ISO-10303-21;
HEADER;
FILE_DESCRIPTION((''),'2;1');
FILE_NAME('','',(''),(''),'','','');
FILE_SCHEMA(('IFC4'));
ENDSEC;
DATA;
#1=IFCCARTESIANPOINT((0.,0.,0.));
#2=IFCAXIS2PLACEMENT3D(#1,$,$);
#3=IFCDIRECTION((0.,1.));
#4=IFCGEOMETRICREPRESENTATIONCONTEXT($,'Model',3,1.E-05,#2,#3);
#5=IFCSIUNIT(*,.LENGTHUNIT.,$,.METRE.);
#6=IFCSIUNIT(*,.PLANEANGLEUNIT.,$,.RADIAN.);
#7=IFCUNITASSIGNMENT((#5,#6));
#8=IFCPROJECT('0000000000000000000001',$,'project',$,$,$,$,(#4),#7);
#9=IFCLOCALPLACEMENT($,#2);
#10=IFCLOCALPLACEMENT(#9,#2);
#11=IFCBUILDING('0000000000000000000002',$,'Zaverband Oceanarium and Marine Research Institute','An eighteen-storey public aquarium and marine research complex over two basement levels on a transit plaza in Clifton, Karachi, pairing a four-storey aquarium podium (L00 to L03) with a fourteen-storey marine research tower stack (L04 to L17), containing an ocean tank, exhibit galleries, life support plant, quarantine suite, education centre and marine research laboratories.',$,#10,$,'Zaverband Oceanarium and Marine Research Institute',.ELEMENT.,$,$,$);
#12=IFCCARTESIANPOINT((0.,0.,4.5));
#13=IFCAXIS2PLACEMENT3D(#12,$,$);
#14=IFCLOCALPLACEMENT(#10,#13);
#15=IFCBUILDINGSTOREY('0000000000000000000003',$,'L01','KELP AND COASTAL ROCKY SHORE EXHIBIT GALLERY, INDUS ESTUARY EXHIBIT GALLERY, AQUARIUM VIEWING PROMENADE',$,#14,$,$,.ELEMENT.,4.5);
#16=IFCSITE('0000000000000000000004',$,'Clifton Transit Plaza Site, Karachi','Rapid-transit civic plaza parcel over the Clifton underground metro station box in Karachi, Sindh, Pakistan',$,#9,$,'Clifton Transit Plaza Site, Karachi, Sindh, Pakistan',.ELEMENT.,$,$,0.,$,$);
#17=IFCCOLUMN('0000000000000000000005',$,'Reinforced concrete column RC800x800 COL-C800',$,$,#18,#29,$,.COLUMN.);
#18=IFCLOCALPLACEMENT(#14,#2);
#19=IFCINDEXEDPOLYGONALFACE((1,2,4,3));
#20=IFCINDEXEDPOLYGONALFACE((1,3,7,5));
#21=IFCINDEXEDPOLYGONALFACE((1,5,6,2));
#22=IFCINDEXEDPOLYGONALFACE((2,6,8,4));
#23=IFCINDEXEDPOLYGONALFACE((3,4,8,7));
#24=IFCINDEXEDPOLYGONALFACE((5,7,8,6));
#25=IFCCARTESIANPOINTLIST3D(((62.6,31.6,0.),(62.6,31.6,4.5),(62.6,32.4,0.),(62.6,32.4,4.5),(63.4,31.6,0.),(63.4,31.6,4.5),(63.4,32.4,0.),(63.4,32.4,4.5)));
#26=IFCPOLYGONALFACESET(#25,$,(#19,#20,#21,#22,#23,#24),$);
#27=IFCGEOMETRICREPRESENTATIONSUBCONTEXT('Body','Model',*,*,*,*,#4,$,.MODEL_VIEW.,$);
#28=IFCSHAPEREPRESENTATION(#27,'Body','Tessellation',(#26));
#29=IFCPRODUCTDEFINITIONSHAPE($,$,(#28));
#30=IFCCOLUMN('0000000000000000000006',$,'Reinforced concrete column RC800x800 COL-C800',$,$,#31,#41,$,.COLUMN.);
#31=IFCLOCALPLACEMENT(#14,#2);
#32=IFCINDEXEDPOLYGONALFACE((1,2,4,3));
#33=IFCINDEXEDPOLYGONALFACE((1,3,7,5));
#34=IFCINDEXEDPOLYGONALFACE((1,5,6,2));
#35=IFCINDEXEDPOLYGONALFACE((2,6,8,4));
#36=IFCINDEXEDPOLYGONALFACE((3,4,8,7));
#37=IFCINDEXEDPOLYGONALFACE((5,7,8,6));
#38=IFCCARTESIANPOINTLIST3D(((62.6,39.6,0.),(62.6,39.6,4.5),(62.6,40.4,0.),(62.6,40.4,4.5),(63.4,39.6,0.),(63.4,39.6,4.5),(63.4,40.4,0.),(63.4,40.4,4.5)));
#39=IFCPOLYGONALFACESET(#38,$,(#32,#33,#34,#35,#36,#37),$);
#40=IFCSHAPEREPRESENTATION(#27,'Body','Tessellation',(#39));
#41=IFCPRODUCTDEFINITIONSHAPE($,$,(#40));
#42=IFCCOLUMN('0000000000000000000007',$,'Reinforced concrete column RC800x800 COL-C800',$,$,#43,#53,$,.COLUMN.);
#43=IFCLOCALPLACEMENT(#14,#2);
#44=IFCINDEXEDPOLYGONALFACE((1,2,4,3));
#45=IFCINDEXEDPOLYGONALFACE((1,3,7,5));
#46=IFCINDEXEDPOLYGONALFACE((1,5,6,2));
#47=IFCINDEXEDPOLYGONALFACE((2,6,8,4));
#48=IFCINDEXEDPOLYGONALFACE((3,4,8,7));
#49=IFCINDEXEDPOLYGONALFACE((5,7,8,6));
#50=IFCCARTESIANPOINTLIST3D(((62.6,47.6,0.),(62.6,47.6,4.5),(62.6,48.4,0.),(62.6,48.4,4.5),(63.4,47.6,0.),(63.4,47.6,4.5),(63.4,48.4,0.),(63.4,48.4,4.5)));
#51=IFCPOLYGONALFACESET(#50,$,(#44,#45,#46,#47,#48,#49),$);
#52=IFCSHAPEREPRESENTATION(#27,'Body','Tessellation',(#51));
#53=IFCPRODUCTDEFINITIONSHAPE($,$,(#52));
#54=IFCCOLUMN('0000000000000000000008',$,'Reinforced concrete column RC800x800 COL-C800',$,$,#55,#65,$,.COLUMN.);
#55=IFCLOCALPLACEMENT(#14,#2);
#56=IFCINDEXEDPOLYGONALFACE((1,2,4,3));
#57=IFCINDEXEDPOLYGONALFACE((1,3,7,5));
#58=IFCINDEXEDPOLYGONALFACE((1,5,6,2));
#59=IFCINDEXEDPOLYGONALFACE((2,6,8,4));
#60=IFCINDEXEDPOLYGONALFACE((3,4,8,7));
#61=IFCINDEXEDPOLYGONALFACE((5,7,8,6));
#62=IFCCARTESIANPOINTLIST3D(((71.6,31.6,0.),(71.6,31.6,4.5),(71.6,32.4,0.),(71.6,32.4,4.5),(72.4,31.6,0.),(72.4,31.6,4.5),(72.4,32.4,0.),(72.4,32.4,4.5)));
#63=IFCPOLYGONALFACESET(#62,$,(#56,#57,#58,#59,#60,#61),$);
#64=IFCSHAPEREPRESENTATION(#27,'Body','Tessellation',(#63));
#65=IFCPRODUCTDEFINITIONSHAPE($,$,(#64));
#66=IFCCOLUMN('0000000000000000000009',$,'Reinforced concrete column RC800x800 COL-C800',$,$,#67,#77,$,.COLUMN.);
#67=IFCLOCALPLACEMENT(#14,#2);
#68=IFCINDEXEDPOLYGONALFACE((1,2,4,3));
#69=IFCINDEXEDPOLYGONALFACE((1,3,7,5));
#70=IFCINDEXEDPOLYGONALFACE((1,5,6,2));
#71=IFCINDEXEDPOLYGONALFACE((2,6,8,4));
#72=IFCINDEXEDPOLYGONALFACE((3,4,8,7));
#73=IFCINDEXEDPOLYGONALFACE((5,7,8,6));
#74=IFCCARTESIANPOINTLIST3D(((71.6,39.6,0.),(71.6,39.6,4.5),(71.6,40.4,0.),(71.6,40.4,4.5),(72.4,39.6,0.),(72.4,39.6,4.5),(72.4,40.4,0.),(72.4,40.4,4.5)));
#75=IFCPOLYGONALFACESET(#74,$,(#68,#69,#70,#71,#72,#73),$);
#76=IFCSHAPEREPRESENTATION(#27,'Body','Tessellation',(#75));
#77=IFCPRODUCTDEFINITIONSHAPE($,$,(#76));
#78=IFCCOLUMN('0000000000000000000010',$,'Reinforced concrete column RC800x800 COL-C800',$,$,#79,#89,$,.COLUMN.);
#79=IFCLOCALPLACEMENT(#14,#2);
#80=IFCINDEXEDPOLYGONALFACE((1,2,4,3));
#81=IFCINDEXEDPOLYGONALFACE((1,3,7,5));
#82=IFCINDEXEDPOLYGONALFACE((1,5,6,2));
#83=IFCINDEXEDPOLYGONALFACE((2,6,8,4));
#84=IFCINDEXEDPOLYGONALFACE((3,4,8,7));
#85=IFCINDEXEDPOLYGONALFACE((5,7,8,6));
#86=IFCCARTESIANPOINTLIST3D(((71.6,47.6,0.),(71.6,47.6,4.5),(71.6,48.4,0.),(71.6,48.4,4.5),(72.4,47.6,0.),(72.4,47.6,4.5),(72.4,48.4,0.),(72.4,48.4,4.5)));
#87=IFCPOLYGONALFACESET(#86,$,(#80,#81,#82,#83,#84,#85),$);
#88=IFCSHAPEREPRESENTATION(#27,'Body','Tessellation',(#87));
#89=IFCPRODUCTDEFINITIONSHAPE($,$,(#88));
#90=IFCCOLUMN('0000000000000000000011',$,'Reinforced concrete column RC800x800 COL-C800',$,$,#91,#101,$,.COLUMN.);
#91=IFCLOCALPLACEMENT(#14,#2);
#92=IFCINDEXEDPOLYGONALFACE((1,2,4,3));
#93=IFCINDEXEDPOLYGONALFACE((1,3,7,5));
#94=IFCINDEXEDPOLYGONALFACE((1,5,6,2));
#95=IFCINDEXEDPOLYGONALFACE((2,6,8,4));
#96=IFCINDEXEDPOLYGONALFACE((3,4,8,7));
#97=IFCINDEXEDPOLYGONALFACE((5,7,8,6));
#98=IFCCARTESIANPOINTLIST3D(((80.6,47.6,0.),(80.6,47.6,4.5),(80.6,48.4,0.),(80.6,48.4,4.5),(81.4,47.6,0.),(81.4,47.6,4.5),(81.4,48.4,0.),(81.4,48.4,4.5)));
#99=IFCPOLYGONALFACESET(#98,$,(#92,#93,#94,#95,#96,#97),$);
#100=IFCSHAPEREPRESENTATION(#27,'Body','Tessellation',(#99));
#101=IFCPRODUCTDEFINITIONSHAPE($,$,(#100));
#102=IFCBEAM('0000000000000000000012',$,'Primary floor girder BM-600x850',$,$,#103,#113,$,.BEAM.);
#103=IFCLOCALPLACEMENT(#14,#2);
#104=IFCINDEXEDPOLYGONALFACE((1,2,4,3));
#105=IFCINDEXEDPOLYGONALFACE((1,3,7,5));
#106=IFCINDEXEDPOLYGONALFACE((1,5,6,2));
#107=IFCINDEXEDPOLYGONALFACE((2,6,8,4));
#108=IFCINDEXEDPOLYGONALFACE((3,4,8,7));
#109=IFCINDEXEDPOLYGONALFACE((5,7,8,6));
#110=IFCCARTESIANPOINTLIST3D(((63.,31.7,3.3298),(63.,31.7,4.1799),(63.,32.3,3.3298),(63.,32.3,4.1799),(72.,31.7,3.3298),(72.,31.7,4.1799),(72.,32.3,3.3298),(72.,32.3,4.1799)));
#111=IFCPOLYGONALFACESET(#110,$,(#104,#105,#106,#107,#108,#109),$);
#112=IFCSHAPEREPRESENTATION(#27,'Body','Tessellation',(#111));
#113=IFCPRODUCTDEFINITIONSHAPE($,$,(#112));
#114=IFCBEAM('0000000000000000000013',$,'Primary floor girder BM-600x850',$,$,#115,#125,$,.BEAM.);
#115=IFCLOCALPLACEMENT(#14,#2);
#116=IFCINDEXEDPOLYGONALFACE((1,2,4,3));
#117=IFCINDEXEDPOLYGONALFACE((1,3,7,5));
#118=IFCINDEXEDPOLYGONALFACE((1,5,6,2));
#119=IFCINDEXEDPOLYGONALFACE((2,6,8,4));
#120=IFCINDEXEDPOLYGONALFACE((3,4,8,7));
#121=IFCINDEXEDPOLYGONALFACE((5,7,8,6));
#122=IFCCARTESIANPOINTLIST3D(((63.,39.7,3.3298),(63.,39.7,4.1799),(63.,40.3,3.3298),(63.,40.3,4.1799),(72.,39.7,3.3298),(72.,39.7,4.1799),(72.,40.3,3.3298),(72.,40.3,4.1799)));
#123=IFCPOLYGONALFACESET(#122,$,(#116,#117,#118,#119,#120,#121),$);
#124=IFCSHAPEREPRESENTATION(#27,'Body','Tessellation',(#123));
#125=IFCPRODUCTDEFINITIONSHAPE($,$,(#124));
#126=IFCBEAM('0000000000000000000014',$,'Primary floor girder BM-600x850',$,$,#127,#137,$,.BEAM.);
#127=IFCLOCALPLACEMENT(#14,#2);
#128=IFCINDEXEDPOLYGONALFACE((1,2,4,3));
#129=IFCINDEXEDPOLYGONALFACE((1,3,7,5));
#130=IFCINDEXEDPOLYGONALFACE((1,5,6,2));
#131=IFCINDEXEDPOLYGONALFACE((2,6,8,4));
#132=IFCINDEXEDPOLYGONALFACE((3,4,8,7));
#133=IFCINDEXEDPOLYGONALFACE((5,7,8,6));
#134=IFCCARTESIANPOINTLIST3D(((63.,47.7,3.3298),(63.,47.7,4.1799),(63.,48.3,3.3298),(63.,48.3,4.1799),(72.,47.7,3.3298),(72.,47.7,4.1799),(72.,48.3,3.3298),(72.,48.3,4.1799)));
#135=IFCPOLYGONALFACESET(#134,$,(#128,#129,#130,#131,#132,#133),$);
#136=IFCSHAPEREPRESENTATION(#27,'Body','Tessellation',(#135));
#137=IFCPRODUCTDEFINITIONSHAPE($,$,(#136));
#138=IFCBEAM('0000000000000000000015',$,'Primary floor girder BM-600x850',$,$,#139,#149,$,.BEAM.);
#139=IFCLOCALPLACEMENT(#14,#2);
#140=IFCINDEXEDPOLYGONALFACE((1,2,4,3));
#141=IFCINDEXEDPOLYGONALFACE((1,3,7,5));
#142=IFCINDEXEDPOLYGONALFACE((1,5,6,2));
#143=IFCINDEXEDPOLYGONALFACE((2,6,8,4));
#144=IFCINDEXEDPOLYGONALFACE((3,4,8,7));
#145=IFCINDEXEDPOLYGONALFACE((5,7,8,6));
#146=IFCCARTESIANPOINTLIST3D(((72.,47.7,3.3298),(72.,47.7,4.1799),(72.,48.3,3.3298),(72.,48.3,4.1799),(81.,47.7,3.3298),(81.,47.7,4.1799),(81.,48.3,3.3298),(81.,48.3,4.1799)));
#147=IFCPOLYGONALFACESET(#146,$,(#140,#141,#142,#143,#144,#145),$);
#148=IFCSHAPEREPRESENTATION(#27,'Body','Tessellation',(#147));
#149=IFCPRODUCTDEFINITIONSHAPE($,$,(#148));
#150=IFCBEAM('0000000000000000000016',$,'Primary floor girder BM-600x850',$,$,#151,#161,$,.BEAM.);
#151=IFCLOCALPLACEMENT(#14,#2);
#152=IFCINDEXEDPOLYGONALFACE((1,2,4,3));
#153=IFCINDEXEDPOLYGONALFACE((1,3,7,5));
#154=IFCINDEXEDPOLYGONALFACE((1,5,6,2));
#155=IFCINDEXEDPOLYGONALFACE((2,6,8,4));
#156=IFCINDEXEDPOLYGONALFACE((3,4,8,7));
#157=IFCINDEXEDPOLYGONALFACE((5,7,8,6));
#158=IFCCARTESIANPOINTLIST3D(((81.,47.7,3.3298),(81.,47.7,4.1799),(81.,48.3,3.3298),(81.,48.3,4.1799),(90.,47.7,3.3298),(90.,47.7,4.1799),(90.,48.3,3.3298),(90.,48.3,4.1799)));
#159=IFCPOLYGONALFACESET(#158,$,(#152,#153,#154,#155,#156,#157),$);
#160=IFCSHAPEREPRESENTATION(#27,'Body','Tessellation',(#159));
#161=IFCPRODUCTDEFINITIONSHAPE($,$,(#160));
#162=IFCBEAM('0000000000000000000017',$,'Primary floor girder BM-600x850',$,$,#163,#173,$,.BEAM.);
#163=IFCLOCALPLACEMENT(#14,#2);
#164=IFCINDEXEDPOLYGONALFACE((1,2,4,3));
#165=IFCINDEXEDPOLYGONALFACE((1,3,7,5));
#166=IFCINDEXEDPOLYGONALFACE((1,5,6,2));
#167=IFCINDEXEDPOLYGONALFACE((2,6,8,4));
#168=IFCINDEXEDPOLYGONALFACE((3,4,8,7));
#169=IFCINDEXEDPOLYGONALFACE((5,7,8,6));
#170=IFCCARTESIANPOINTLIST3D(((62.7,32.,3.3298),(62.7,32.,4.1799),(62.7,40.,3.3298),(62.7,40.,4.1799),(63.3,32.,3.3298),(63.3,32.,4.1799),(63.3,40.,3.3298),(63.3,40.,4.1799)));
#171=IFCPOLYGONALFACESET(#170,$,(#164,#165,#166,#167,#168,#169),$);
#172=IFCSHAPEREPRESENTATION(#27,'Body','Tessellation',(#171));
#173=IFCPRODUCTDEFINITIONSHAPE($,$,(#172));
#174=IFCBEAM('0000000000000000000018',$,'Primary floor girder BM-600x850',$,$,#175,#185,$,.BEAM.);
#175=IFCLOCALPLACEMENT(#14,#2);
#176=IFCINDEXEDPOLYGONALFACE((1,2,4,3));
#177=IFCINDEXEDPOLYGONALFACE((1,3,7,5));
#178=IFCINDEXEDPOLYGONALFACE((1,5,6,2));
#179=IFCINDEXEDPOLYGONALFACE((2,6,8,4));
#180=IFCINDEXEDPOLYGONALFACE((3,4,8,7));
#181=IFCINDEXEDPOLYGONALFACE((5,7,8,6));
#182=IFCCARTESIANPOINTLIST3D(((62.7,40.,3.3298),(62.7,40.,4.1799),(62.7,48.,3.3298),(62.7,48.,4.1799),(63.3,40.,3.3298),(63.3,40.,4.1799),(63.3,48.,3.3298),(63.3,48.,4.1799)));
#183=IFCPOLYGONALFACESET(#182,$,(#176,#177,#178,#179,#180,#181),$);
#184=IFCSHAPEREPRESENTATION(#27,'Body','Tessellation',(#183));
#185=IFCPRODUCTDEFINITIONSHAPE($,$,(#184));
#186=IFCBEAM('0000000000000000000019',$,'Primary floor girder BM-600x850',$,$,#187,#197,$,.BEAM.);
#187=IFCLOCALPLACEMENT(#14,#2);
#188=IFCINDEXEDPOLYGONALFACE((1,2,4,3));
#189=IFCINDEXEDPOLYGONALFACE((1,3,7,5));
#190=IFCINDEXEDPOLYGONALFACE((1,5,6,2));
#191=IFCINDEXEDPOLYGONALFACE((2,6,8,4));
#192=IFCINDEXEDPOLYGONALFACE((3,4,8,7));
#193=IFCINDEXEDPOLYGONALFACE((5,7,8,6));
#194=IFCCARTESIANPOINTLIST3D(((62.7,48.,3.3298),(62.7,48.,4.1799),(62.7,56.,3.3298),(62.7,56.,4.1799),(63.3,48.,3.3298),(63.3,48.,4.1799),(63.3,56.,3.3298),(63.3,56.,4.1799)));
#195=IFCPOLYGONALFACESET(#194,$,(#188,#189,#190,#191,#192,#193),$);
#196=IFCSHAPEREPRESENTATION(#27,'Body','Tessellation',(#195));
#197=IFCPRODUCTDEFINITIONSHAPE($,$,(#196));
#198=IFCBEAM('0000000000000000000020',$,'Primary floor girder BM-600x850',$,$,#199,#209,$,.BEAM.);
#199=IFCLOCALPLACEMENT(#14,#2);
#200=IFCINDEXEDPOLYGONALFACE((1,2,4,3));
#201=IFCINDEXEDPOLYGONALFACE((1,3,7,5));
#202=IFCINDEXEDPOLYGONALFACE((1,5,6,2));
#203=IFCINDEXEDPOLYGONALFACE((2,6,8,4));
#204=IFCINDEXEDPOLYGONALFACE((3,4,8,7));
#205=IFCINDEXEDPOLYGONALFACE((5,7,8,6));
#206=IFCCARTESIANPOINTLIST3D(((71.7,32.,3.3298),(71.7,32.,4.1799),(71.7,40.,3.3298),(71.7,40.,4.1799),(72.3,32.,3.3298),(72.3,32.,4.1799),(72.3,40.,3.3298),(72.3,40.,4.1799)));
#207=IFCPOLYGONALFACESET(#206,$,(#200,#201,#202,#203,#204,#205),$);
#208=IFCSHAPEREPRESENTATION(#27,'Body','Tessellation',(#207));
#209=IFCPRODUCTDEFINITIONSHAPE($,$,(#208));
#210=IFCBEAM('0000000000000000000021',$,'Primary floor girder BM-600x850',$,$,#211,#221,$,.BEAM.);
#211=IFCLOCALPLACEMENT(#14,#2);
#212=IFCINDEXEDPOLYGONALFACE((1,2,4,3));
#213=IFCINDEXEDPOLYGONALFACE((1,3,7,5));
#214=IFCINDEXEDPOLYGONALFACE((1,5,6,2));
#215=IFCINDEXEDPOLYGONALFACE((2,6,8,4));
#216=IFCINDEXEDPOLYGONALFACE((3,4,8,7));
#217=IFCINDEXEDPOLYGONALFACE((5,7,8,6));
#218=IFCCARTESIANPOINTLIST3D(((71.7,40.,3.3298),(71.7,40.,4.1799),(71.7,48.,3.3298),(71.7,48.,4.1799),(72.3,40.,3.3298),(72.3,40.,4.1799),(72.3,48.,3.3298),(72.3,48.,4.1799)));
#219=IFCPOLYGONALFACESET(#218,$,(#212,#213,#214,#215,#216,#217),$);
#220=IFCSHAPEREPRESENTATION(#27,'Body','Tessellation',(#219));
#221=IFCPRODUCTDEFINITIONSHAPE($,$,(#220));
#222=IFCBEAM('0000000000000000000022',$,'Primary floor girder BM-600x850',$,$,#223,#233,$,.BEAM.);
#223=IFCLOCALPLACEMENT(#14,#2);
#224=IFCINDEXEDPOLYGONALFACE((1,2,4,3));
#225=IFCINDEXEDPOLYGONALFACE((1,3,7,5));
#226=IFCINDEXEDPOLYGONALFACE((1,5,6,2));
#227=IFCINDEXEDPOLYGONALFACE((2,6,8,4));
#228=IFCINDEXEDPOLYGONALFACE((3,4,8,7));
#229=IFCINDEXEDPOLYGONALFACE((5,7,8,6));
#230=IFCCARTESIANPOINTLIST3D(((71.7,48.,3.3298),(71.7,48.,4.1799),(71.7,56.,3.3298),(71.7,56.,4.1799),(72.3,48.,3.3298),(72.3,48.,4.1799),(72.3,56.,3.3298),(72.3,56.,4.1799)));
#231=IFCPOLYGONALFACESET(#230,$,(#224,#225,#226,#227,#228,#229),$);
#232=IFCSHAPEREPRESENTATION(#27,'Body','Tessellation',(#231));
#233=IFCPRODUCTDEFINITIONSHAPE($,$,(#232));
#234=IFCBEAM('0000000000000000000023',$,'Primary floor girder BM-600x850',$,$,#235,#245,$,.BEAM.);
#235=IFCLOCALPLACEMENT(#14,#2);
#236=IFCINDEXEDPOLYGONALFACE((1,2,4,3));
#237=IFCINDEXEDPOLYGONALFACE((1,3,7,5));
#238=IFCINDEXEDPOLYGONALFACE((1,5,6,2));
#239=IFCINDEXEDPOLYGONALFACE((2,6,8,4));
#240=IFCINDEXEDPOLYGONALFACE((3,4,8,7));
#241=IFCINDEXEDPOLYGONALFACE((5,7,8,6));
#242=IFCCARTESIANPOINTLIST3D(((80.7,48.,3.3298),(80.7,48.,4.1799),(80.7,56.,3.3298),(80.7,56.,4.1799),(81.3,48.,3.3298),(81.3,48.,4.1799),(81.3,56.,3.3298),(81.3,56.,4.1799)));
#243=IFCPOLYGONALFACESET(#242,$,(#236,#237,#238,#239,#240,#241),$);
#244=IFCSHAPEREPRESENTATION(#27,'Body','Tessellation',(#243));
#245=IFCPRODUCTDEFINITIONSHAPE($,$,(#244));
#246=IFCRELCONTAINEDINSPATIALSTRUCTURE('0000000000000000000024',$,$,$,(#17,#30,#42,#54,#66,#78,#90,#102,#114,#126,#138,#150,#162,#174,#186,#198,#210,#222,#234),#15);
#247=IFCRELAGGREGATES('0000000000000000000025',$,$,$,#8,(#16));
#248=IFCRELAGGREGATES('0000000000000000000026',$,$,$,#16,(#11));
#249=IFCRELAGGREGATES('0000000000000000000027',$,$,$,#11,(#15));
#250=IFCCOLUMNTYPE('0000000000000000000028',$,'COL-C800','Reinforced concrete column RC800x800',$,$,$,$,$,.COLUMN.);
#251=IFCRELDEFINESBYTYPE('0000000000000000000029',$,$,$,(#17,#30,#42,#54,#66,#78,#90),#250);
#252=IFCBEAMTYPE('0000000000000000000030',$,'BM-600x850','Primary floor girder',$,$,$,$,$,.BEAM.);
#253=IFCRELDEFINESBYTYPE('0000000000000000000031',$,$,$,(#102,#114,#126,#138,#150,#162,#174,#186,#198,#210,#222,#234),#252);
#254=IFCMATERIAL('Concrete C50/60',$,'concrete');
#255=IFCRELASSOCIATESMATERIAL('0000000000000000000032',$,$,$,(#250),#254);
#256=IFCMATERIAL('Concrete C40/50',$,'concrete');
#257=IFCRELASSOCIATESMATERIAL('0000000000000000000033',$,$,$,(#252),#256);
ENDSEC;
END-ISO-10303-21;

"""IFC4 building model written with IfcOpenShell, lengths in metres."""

from ifc_helpers import new_model, si_unit, direction, frame, origin, origin_2d, place, context, subcontext, project, spatial, rectangle, extrude, material, material_profile, profile_set, type_object, element, save


model = new_model("IFC4")

# Units and contexts
model_context = context("Model", 3, precision=1e-05, world=origin(), true_north=direction((0.0, 1.0)))
body_context = subcontext(model_context, "Body", "Model", "MODEL_VIEW")
ifc_project = project(units=[si_unit("LENGTHUNIT", "METRE"), si_unit("PLANEANGLEUNIT", "RADIAN")], contexts=[model_context])

# Site, building, storey
site_placement = place(None, origin())
site = spatial("IfcSite", under=ifc_project, at=site_placement, Name="Clifton Transit Plaza Site, Karachi", Description="Rapid-transit civic plaza parcel over the Clifton underground metro station box in Karachi, Sindh, Pakistan", LongName="Clifton Transit Plaza Site, Karachi, Sindh, Pakistan", CompositionType="ELEMENT", RefElevation=0.0)
building_placement = place(site_placement, origin())
building = spatial("IfcBuilding", under=site, at=building_placement, Name="Zaverband Oceanarium and Marine Research Institute", Description="An eighteen-storey public aquarium and marine research complex over two basement levels on a transit plaza in Clifton, Karachi, pairing a four-storey aquarium podium (L00 to L03) with a fourteen-storey marine research tower stack (L04 to L17), containing an ocean tank, exhibit galleries, life support plant, quarantine suite, education centre and marine research laboratories.", LongName="Zaverband Oceanarium and Marine Research Institute", CompositionType="ELEMENT")
storey_placement = place(building_placement, frame((0.0, 0.0, 4.5)))
storey = spatial("IfcBuildingStorey", under=building, at=storey_placement, Name="L01", Description="KELP AND COASTAL ROCKY SHORE EXHIBIT GALLERY, INDUS ESTUARY EXHIBIT GALLERY, AQUARIUM VIEWING PROMENADE", CompositionType="ELEMENT", Elevation=4.5)

# Columns
ifc_material_1 = material(Name="Concrete C50/60", Category="concrete")
ifc_material_profile_1 = material_profile(ifc_material_1, rectangle(XDim=0.8, YDim=0.8, at=origin_2d()), Name="RC800x800")
ifc_profile_set_1 = profile_set([ifc_material_profile_1], Name="Concrete C50/60")
column_type = type_object("IfcColumnType", Name="COL-C800", Description="Reinforced concrete column RC800x800", PredefinedType="COLUMN", material=ifc_profile_set_1)
for number, where, z_axis, x_axis, name in (
    (1, (63.0, 32.0, 0.0), (0.0, 0.0, 1.0), (1.0, 0.0, 0.0), "Reinforced concrete column RC800x800 COL-C800"),
    (2, (63.0, 40.0, 0.0), (0.0, 0.0, 1.0), (1.0, 0.0, 0.0), "Reinforced concrete column RC800x800 COL-C800"),
    (3, (63.0, 48.0, 0.0), (0.0, 0.0, 1.0), (1.0, 0.0, 0.0), "Reinforced concrete column RC800x800 COL-C800"),
    (4, (72.0, 32.0, 0.0), (0.0, 0.0, 1.0), (1.0, 0.0, 0.0), "Reinforced concrete column RC800x800 COL-C800"),
    (5, (72.0, 40.0, 0.0), (0.0, 0.0, 1.0), (1.0, 0.0, 0.0), "Reinforced concrete column RC800x800 COL-C800"),
    (6, (72.0, 48.0, 0.0), (0.0, 0.0, 1.0), (1.0, 0.0, 0.0), "Reinforced concrete column RC800x800 COL-C800"),
    (7, (81.0, 48.0, 0.0), (0.0, 0.0, 1.0), (1.0, 0.0, 0.0), "Reinforced concrete column RC800x800 COL-C800"),
):
    element("IfcColumn", number, at=place(storey_placement, frame(where, z_axis=z_axis, x_axis=x_axis)), inside=storey, type_object=column_type, Name=name, PredefinedType="COLUMN", context=body_context, shape_type="SweptSolid", body=[
        extrude(rectangle(XDim=0.8, YDim=0.8, at=origin_2d()), origin(), (0.0, 0.0, 1.0), 4.5),
    ])

# Beams
ifc_material_2 = material(Name="Concrete C40/50", Category="concrete")
ifc_material_profile_2 = material_profile(ifc_material_2, rectangle(XDim=0.6001, YDim=0.8501, at=origin_2d()), Name="RC600x850")
ifc_profile_set_2 = profile_set([ifc_material_profile_2], Name="Concrete C40/50")
beam_type_1 = type_object("IfcBeamType", Name="BM-600x850", Description="Primary floor girder", PredefinedType="BEAM", material=ifc_profile_set_2)
for number, where, z_axis, x_axis, name in (
    (8, (63.0, 32.0, 3.7549), (1.0, 0.0, 0.0), (0.0, 1.0, 0.0), "Primary floor girder BM-600x850"),
    (9, (63.0, 40.0, 3.7549), (1.0, 0.0, 0.0), (0.0, 1.0, 0.0), "Primary floor girder BM-600x850"),
    (10, (63.0, 48.0, 3.7549), (1.0, 0.0, 0.0), (0.0, 1.0, 0.0), "Primary floor girder BM-600x850"),
    (11, (72.0, 48.0, 3.7549), (1.0, 0.0, 0.0), (0.0, 1.0, 0.0), "Primary floor girder BM-600x850"),
    (12, (81.0, 48.0, 3.7549), (1.0, 0.0, 0.0), (0.0, 1.0, 0.0), "Primary floor girder BM-600x850"),
):
    element("IfcBeam", number, at=place(storey_placement, frame(where, z_axis=z_axis, x_axis=x_axis)), inside=storey, type_object=beam_type_1, Name=name, PredefinedType="BEAM", context=body_context, shape_type="SweptSolid", body=[
        extrude(rectangle(XDim=0.6001, YDim=0.8501, at=origin_2d()), origin(), (0.0, 0.0, 1.0), 9.0),
    ])
for number, where, z_axis, x_axis, name in (
    (13, (63.0, 32.0, 3.7549), (0.0, 1.0, 0.0), (-1.0, 0.0, 0.0), "Primary floor girder BM-600x850"),
    (14, (63.0, 40.0, 3.7549), (0.0, 1.0, 0.0), (-1.0, 0.0, 0.0), "Primary floor girder BM-600x850"),
    (15, (63.0, 48.0, 3.7549), (0.0, 1.0, 0.0), (-1.0, 0.0, 0.0), "Primary floor girder BM-600x850"),
    (16, (72.0, 32.0, 3.7549), (0.0, 1.0, 0.0), (-1.0, 0.0, 0.0), "Primary floor girder BM-600x850"),
    (17, (72.0, 40.0, 3.7549), (0.0, 1.0, 0.0), (-1.0, 0.0, 0.0), "Primary floor girder BM-600x850"),
    (18, (72.0, 48.0, 3.7549), (0.0, 1.0, 0.0), (-1.0, 0.0, 0.0), "Primary floor girder BM-600x850"),
    (19, (81.0, 48.0, 3.7549), (0.0, 1.0, 0.0), (-1.0, 0.0, 0.0), "Primary floor girder BM-600x850"),
):
    element("IfcBeam", number, at=place(storey_placement, frame(where, z_axis=z_axis, x_axis=x_axis)), inside=storey, type_object=beam_type_1, Name=name, PredefinedType="BEAM", context=body_context, shape_type="SweptSolid", body=[
        extrude(rectangle(XDim=0.6001, YDim=0.8501, at=origin_2d()), origin(), (0.0, 0.0, 1.0), 8.0),
    ])

save(model, "model.ifc")
